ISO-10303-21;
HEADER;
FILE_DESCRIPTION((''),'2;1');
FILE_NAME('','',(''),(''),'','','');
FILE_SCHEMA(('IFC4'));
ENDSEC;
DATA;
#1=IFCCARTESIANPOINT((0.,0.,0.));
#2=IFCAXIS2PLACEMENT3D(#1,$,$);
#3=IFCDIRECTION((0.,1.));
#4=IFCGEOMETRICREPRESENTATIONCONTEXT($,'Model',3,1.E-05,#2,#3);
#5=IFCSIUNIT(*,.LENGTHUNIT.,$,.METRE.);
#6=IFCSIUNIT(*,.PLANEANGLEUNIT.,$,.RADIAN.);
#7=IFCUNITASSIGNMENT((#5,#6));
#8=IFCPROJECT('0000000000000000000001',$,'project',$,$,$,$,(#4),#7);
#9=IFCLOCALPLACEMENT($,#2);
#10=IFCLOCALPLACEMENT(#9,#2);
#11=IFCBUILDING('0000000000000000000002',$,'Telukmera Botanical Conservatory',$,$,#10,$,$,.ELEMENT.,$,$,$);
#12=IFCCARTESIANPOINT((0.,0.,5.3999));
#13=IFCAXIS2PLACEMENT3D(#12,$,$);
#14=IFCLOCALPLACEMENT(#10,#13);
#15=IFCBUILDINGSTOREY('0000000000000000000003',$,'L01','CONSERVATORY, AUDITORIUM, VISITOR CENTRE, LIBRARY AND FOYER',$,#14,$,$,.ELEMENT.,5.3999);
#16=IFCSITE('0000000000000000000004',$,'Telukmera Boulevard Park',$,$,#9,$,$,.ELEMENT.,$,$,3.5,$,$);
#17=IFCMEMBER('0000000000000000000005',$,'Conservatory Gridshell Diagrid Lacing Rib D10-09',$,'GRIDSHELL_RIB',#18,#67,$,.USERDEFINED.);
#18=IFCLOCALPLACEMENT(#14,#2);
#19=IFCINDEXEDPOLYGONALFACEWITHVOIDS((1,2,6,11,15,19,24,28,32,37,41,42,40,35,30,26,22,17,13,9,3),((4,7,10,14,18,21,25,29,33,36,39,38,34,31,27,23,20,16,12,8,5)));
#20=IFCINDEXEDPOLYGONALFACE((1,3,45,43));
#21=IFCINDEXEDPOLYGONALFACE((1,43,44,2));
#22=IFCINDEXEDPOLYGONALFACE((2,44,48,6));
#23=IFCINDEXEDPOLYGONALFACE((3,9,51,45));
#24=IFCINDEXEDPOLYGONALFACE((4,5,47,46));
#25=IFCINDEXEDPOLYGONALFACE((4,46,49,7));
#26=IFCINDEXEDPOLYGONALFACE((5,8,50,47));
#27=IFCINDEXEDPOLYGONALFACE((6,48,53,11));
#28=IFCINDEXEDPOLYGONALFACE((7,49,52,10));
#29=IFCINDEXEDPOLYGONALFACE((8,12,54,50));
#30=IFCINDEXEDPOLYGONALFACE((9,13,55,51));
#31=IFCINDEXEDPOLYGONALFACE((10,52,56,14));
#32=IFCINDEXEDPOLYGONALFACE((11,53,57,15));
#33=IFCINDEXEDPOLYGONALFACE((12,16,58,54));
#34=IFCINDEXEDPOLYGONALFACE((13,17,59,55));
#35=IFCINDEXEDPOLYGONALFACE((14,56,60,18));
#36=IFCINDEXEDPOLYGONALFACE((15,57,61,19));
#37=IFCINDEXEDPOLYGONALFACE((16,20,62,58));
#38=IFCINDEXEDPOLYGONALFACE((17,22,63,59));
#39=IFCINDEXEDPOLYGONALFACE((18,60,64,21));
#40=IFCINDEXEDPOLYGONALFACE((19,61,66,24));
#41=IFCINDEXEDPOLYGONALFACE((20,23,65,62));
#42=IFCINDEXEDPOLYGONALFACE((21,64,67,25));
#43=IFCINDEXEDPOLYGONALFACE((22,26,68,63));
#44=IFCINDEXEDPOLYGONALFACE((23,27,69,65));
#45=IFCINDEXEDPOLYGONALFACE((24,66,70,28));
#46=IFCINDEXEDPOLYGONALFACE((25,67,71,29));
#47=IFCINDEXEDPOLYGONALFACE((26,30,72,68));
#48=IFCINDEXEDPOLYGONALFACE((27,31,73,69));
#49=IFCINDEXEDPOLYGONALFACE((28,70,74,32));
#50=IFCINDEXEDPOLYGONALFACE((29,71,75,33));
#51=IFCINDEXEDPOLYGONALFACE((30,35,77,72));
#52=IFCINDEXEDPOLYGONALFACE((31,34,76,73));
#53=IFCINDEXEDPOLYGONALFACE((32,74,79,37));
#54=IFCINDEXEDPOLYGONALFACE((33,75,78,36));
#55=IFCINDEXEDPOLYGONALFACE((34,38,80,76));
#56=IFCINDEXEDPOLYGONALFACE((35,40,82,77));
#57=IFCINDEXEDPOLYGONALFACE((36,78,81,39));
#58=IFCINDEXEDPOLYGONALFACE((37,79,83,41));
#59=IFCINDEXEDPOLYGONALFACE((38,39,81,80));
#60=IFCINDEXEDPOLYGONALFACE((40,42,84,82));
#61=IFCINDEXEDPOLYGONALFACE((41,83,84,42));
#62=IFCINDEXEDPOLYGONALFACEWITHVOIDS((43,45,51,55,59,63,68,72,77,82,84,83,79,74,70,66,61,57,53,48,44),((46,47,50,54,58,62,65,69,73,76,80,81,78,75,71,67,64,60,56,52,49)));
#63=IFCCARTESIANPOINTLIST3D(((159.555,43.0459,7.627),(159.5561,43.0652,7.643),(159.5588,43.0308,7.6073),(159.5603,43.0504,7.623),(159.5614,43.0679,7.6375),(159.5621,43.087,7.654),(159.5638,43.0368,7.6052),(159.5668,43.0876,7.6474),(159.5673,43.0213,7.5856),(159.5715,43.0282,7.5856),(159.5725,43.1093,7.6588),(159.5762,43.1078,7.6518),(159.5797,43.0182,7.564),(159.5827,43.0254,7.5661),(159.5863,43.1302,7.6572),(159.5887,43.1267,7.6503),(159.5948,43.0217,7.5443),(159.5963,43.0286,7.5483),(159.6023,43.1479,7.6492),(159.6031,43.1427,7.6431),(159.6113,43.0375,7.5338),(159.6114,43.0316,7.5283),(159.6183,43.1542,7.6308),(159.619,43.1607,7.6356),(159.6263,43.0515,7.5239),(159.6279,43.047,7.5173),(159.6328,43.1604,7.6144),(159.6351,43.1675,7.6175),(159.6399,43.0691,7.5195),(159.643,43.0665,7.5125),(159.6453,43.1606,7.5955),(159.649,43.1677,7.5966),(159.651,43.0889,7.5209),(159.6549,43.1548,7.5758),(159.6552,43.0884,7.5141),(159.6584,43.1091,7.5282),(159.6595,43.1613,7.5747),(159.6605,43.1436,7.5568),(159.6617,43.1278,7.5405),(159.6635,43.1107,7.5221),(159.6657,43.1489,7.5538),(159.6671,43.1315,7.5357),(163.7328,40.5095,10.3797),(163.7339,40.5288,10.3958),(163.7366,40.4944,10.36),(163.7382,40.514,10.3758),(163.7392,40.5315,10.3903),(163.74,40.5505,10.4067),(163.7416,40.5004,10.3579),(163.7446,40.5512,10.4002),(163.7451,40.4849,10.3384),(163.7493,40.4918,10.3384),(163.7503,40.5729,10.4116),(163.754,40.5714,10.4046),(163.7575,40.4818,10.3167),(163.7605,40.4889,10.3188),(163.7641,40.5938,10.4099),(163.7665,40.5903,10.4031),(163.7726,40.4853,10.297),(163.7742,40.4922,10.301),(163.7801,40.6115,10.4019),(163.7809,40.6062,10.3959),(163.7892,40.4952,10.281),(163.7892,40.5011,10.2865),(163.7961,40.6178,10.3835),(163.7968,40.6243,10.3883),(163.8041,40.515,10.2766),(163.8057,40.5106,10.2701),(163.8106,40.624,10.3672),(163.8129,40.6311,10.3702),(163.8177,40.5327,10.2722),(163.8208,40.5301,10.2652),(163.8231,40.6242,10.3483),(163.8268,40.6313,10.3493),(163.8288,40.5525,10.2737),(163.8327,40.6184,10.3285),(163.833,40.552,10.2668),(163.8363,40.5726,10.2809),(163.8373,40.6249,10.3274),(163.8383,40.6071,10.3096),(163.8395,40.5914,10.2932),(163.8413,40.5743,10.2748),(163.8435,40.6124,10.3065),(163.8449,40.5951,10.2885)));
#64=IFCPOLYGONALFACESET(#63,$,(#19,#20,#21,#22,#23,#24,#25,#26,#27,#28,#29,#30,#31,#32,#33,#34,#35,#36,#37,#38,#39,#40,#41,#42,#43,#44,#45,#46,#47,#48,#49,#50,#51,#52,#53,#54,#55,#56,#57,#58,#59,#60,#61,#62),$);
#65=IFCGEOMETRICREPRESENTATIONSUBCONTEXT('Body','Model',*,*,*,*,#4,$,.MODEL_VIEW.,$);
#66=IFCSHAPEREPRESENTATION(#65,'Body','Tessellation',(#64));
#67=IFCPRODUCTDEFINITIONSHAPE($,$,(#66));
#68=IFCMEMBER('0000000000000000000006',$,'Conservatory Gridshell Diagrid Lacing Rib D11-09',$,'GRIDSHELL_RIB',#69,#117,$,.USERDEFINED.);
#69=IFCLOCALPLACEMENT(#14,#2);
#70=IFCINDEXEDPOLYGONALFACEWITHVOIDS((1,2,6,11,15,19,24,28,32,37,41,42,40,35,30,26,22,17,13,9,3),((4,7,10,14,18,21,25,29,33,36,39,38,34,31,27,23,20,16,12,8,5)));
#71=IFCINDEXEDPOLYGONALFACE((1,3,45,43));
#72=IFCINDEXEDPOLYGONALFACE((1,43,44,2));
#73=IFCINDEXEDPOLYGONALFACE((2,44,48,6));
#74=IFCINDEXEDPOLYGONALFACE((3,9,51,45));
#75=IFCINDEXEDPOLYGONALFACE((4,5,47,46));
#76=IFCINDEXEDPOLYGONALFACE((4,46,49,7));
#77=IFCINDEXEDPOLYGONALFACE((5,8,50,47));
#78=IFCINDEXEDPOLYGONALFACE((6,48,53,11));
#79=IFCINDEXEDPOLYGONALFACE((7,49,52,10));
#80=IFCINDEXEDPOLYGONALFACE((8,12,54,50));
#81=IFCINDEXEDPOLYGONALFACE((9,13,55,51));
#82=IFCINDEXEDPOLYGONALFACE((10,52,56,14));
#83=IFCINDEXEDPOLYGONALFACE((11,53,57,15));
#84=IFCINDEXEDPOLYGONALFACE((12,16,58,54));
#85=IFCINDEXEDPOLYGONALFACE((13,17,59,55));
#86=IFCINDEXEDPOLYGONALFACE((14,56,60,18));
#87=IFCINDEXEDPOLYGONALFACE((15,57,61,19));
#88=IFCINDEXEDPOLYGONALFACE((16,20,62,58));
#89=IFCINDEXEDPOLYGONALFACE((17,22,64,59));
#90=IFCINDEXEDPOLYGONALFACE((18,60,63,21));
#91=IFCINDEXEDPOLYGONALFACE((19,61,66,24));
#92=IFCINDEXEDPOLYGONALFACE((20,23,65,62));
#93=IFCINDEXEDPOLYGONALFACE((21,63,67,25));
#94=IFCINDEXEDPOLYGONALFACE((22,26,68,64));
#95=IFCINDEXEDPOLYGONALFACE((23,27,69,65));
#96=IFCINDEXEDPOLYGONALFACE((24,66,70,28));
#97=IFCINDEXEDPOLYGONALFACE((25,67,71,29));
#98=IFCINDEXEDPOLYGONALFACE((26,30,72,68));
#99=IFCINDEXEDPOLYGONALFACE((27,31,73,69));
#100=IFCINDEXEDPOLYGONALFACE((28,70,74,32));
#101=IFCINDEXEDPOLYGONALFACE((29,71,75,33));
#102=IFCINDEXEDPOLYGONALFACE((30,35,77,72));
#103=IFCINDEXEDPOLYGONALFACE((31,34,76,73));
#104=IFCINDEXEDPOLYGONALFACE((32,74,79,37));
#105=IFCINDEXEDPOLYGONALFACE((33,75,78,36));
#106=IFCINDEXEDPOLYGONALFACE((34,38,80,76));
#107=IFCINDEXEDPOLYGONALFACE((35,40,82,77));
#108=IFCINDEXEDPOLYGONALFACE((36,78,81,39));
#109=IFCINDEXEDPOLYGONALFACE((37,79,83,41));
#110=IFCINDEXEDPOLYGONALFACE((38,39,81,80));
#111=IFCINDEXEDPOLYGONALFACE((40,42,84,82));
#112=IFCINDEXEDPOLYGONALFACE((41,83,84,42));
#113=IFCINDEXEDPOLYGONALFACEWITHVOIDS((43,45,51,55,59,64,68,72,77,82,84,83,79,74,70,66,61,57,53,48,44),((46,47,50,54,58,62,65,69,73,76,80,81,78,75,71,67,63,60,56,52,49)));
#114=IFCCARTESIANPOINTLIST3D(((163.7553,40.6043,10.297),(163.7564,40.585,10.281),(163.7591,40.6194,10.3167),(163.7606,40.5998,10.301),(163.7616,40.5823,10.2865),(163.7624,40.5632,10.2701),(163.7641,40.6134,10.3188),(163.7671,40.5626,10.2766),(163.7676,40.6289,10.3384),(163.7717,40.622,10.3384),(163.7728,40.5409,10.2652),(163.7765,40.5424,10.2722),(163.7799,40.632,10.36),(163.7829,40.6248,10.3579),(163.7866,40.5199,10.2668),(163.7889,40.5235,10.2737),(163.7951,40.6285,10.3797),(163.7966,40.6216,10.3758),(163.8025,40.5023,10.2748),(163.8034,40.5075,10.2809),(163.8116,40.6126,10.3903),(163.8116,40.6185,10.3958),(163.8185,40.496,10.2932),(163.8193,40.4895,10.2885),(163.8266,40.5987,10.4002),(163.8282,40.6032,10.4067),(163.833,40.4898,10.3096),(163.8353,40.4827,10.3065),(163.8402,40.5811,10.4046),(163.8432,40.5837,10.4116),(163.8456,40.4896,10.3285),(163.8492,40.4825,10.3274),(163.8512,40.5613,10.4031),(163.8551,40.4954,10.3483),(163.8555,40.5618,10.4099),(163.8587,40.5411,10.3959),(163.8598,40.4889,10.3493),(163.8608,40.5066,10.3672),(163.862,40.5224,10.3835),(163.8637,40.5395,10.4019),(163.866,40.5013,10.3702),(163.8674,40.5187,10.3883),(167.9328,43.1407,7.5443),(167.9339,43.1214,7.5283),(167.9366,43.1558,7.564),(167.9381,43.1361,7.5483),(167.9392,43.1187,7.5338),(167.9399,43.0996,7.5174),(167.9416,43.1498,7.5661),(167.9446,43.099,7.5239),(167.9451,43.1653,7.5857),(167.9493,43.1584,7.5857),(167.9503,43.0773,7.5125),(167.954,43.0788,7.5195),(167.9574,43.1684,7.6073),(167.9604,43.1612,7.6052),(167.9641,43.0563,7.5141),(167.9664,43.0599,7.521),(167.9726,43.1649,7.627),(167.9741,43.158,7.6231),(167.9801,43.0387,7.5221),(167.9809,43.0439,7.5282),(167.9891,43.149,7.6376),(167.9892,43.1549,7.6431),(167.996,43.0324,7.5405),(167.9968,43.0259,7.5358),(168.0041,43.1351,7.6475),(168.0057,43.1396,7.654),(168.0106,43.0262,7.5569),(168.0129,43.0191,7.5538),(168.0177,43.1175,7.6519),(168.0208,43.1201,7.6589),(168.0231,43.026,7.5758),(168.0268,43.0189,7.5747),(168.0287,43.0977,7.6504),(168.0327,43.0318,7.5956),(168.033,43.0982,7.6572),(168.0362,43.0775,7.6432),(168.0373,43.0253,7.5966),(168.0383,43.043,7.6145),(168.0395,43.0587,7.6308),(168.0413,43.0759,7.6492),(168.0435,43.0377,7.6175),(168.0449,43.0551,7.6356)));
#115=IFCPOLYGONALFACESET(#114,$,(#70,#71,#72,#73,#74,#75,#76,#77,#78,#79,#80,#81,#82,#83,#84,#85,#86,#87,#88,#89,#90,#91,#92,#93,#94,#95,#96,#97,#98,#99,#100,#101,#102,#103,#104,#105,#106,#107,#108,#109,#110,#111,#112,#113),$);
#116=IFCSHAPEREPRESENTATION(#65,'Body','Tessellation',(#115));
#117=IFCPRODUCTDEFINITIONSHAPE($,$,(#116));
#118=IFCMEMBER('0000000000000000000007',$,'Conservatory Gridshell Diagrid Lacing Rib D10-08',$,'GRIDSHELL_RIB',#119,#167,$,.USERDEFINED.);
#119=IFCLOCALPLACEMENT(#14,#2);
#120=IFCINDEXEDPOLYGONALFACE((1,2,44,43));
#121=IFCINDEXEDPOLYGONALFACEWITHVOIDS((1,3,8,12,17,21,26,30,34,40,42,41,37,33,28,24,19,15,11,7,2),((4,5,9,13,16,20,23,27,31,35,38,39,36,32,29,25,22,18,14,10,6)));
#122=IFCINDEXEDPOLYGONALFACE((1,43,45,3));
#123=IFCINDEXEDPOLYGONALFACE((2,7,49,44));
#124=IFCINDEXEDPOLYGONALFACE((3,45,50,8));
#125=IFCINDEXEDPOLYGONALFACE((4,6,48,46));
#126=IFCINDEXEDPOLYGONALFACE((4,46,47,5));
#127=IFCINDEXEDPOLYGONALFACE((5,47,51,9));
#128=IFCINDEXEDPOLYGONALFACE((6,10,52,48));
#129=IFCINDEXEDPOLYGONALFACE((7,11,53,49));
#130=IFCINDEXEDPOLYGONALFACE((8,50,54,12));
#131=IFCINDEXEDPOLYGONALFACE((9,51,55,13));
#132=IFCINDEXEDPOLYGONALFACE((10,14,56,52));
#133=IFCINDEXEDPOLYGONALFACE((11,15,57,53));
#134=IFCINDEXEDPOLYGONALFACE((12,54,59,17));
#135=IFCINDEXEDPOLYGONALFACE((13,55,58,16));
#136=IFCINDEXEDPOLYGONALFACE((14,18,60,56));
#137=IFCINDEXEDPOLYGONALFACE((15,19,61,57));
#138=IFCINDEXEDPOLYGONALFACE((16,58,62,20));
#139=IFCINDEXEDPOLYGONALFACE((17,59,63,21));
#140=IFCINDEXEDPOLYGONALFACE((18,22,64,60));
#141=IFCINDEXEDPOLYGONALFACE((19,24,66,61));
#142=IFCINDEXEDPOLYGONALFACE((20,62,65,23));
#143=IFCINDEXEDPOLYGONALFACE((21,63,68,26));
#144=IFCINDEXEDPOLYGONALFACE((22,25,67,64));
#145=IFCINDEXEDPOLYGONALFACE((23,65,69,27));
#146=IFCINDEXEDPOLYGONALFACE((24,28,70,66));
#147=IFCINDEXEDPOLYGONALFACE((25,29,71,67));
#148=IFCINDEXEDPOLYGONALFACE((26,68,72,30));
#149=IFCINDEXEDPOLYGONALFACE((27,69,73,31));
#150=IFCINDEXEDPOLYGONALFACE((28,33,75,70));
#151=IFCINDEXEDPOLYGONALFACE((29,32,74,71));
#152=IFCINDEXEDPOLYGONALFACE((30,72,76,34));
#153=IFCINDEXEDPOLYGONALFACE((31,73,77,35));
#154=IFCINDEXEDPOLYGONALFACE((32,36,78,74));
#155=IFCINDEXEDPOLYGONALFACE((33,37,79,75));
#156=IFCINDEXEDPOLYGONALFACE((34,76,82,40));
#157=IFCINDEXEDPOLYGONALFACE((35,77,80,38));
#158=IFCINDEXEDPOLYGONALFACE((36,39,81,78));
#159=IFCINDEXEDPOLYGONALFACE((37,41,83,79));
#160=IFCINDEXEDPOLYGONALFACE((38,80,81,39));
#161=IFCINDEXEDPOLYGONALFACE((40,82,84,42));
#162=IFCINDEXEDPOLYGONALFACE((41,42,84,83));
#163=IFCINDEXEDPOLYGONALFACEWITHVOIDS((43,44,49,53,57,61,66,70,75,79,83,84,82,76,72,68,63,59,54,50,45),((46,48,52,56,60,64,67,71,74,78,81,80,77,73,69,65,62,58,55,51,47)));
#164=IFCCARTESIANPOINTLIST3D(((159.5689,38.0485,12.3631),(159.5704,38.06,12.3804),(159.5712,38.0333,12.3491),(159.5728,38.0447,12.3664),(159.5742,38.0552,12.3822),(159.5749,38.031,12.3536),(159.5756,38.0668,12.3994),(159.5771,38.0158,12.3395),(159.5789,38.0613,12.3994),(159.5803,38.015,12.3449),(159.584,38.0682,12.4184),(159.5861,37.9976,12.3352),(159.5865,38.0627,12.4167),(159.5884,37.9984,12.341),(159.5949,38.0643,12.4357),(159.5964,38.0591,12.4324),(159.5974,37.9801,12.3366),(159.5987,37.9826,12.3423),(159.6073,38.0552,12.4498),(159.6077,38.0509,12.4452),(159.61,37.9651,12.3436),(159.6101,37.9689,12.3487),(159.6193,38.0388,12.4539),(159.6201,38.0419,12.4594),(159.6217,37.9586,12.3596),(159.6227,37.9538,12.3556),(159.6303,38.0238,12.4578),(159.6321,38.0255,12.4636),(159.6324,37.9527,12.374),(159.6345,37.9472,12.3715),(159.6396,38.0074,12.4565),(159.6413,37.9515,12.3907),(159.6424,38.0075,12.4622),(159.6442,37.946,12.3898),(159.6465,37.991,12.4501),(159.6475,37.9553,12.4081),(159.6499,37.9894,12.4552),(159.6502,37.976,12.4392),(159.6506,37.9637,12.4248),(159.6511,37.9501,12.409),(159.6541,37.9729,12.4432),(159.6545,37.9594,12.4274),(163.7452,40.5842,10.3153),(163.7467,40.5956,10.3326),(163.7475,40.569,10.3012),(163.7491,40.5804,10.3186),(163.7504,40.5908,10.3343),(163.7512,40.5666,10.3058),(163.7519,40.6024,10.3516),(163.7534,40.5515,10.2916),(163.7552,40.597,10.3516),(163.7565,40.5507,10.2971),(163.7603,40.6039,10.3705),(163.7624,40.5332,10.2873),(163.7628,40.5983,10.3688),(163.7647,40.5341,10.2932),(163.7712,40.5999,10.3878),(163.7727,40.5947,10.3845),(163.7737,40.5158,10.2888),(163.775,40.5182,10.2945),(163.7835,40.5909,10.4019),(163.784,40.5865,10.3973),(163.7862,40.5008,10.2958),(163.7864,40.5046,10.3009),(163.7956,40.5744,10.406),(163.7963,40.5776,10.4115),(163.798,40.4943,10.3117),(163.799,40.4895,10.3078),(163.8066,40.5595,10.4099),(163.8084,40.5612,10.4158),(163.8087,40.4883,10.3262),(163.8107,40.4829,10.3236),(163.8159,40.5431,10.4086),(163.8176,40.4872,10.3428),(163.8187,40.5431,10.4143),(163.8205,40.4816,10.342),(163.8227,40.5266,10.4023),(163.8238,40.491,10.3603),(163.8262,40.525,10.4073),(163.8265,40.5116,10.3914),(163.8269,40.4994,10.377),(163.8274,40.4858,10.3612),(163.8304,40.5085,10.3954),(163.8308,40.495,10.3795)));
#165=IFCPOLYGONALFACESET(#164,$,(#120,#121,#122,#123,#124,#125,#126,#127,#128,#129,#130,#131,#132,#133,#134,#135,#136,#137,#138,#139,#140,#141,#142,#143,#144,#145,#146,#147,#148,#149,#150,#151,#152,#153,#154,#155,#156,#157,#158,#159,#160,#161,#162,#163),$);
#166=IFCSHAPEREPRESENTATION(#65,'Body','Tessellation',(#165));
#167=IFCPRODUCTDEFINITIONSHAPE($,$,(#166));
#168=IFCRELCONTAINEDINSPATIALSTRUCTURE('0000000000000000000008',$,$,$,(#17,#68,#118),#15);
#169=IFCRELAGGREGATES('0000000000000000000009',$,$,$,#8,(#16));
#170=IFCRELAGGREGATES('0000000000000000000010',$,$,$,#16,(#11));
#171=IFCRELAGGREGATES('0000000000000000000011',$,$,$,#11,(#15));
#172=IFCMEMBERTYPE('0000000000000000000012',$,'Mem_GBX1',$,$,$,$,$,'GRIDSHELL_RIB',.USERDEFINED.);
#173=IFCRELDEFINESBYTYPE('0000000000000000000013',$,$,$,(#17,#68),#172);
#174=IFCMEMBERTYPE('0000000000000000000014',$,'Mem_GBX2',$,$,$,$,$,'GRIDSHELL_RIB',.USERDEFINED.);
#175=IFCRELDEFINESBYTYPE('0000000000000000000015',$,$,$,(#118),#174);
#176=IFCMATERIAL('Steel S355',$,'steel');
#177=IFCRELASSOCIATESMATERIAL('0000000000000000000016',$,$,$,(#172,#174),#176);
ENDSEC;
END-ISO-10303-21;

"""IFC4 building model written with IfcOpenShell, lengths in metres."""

from ifc_helpers import new_model, si_unit, direction, frame, origin, origin_2d, place, context, subcontext, project, spatial, hollow_circle, extrude, material, material_profile, profile_set, type_object, element, save


model = new_model("IFC4")

# Units and contexts
model_context = context("Model", 3, precision=1e-05, world=origin(), true_north=direction((0.0, 1.0)))
body_context = subcontext(model_context, "Body", "Model", "MODEL_VIEW")
ifc_project = project(units=[si_unit("LENGTHUNIT", "METRE"), si_unit("PLANEANGLEUNIT", "RADIAN")], contexts=[model_context])

# Site, building, storey
site_placement = place(None, origin())
site = spatial("IfcSite", under=ifc_project, at=site_placement, Name="Telukmera Boulevard Park", CompositionType="ELEMENT", RefElevation=3.5)
building_placement = place(site_placement, origin())
building = spatial("IfcBuilding", under=site, at=building_placement, Name="Telukmera Botanical Conservatory", CompositionType="ELEMENT")
storey_placement = place(building_placement, frame((0.0, 0.0, 5.3999)))
storey = spatial("IfcBuildingStorey", under=building, at=storey_placement, Name="L01", Description="CONSERVATORY, AUDITORIUM, VISITOR CENTRE, LIBRARY AND FOYER", CompositionType="ELEMENT", Elevation=5.3999)

# Shared definitions
ifc_material_1 = material(Name="Steel S355", Category="steel")

# Members
ifc_material_profile_1 = material_profile(ifc_material_1, hollow_circle(Radius=0.0842, WallThickness=0.0081, at=origin_2d()), Name="CHS 168.3x8.0")
ifc_profile_set_1 = profile_set([ifc_material_profile_1], Name="Steel S355")
member_type_1 = type_object("IfcMemberType", Name="Mem_GBX1", ElementType="GRIDSHELL_RIB", PredefinedType="USERDEFINED", material=ifc_profile_set_1)
member_1_placement = place(storey_placement, frame((163.7888, 40.5569, 10.3384), z_axis=(-0.744791, 0.452176, -0.490738), x_axis=(-0.518962, -0.854797, 0.0)))
element("IfcMember", 1, at=member_1_placement, inside=storey, type_object=member_type_1, Name="Conservatory Gridshell Diagrid Lacing Rib D10-09", ObjectType="GRIDSHELL_RIB", PredefinedType="USERDEFINED", context=body_context, shape_type="SweptSolid", body=[
    extrude(hollow_circle(Radius=0.0842, WallThickness=0.0081, at=origin_2d()), origin(), (0.0, 0.0, 1.0), 5.6094),
])
member_2_placement = place(storey_placement, frame((163.8113, 40.5569, 10.3384), z_axis=(0.744771, 0.45219, -0.490754), x_axis=(-0.518985, 0.854784, 0.0)))
element("IfcMember", 2, at=member_2_placement, inside=storey, type_object=member_type_1, Name="Conservatory Gridshell Diagrid Lacing Rib D11-09", ObjectType="GRIDSHELL_RIB", PredefinedType="USERDEFINED", context=body_context, shape_type="SweptSolid", body=[
    extrude(hollow_circle(Radius=0.0842, WallThickness=0.0081, at=origin_2d()), origin(), (0.0, 0.0, 1.0), 5.6091),
])
ifc_material_profile_2 = material_profile(ifc_material_1, hollow_circle(Radius=0.0698, WallThickness=0.0063, at=origin_2d()), Name="CHS 139.7x6.3")
ifc_profile_set_2 = profile_set([ifc_material_profile_2], Name="Steel S355")
member_type_2 = type_object("IfcMemberType", Name="Mem_GBX2", ElementType="GRIDSHELL_RIB", PredefinedType="USERDEFINED", material=ifc_profile_set_2)
member_3_placement = place(storey_placement, frame((159.6118, 38.0071, 12.3994), z_axis=(0.788334, 0.478642, -0.386563), x_axis=(-0.518986, 0.854783, 0.0)))
element("IfcMember", 3, at=member_3_placement, inside=storey, type_object=member_type_2, Name="Conservatory Gridshell Diagrid Lacing Rib D10-08", ObjectType="GRIDSHELL_RIB", PredefinedType="USERDEFINED", context=body_context, shape_type="SweptSolid", body=[
    extrude(hollow_circle(Radius=0.0698, WallThickness=0.0063, at=origin_2d()), origin(), (0.0, 0.0, 1.0), 5.2976),
])

save(model, "model.ifc")
